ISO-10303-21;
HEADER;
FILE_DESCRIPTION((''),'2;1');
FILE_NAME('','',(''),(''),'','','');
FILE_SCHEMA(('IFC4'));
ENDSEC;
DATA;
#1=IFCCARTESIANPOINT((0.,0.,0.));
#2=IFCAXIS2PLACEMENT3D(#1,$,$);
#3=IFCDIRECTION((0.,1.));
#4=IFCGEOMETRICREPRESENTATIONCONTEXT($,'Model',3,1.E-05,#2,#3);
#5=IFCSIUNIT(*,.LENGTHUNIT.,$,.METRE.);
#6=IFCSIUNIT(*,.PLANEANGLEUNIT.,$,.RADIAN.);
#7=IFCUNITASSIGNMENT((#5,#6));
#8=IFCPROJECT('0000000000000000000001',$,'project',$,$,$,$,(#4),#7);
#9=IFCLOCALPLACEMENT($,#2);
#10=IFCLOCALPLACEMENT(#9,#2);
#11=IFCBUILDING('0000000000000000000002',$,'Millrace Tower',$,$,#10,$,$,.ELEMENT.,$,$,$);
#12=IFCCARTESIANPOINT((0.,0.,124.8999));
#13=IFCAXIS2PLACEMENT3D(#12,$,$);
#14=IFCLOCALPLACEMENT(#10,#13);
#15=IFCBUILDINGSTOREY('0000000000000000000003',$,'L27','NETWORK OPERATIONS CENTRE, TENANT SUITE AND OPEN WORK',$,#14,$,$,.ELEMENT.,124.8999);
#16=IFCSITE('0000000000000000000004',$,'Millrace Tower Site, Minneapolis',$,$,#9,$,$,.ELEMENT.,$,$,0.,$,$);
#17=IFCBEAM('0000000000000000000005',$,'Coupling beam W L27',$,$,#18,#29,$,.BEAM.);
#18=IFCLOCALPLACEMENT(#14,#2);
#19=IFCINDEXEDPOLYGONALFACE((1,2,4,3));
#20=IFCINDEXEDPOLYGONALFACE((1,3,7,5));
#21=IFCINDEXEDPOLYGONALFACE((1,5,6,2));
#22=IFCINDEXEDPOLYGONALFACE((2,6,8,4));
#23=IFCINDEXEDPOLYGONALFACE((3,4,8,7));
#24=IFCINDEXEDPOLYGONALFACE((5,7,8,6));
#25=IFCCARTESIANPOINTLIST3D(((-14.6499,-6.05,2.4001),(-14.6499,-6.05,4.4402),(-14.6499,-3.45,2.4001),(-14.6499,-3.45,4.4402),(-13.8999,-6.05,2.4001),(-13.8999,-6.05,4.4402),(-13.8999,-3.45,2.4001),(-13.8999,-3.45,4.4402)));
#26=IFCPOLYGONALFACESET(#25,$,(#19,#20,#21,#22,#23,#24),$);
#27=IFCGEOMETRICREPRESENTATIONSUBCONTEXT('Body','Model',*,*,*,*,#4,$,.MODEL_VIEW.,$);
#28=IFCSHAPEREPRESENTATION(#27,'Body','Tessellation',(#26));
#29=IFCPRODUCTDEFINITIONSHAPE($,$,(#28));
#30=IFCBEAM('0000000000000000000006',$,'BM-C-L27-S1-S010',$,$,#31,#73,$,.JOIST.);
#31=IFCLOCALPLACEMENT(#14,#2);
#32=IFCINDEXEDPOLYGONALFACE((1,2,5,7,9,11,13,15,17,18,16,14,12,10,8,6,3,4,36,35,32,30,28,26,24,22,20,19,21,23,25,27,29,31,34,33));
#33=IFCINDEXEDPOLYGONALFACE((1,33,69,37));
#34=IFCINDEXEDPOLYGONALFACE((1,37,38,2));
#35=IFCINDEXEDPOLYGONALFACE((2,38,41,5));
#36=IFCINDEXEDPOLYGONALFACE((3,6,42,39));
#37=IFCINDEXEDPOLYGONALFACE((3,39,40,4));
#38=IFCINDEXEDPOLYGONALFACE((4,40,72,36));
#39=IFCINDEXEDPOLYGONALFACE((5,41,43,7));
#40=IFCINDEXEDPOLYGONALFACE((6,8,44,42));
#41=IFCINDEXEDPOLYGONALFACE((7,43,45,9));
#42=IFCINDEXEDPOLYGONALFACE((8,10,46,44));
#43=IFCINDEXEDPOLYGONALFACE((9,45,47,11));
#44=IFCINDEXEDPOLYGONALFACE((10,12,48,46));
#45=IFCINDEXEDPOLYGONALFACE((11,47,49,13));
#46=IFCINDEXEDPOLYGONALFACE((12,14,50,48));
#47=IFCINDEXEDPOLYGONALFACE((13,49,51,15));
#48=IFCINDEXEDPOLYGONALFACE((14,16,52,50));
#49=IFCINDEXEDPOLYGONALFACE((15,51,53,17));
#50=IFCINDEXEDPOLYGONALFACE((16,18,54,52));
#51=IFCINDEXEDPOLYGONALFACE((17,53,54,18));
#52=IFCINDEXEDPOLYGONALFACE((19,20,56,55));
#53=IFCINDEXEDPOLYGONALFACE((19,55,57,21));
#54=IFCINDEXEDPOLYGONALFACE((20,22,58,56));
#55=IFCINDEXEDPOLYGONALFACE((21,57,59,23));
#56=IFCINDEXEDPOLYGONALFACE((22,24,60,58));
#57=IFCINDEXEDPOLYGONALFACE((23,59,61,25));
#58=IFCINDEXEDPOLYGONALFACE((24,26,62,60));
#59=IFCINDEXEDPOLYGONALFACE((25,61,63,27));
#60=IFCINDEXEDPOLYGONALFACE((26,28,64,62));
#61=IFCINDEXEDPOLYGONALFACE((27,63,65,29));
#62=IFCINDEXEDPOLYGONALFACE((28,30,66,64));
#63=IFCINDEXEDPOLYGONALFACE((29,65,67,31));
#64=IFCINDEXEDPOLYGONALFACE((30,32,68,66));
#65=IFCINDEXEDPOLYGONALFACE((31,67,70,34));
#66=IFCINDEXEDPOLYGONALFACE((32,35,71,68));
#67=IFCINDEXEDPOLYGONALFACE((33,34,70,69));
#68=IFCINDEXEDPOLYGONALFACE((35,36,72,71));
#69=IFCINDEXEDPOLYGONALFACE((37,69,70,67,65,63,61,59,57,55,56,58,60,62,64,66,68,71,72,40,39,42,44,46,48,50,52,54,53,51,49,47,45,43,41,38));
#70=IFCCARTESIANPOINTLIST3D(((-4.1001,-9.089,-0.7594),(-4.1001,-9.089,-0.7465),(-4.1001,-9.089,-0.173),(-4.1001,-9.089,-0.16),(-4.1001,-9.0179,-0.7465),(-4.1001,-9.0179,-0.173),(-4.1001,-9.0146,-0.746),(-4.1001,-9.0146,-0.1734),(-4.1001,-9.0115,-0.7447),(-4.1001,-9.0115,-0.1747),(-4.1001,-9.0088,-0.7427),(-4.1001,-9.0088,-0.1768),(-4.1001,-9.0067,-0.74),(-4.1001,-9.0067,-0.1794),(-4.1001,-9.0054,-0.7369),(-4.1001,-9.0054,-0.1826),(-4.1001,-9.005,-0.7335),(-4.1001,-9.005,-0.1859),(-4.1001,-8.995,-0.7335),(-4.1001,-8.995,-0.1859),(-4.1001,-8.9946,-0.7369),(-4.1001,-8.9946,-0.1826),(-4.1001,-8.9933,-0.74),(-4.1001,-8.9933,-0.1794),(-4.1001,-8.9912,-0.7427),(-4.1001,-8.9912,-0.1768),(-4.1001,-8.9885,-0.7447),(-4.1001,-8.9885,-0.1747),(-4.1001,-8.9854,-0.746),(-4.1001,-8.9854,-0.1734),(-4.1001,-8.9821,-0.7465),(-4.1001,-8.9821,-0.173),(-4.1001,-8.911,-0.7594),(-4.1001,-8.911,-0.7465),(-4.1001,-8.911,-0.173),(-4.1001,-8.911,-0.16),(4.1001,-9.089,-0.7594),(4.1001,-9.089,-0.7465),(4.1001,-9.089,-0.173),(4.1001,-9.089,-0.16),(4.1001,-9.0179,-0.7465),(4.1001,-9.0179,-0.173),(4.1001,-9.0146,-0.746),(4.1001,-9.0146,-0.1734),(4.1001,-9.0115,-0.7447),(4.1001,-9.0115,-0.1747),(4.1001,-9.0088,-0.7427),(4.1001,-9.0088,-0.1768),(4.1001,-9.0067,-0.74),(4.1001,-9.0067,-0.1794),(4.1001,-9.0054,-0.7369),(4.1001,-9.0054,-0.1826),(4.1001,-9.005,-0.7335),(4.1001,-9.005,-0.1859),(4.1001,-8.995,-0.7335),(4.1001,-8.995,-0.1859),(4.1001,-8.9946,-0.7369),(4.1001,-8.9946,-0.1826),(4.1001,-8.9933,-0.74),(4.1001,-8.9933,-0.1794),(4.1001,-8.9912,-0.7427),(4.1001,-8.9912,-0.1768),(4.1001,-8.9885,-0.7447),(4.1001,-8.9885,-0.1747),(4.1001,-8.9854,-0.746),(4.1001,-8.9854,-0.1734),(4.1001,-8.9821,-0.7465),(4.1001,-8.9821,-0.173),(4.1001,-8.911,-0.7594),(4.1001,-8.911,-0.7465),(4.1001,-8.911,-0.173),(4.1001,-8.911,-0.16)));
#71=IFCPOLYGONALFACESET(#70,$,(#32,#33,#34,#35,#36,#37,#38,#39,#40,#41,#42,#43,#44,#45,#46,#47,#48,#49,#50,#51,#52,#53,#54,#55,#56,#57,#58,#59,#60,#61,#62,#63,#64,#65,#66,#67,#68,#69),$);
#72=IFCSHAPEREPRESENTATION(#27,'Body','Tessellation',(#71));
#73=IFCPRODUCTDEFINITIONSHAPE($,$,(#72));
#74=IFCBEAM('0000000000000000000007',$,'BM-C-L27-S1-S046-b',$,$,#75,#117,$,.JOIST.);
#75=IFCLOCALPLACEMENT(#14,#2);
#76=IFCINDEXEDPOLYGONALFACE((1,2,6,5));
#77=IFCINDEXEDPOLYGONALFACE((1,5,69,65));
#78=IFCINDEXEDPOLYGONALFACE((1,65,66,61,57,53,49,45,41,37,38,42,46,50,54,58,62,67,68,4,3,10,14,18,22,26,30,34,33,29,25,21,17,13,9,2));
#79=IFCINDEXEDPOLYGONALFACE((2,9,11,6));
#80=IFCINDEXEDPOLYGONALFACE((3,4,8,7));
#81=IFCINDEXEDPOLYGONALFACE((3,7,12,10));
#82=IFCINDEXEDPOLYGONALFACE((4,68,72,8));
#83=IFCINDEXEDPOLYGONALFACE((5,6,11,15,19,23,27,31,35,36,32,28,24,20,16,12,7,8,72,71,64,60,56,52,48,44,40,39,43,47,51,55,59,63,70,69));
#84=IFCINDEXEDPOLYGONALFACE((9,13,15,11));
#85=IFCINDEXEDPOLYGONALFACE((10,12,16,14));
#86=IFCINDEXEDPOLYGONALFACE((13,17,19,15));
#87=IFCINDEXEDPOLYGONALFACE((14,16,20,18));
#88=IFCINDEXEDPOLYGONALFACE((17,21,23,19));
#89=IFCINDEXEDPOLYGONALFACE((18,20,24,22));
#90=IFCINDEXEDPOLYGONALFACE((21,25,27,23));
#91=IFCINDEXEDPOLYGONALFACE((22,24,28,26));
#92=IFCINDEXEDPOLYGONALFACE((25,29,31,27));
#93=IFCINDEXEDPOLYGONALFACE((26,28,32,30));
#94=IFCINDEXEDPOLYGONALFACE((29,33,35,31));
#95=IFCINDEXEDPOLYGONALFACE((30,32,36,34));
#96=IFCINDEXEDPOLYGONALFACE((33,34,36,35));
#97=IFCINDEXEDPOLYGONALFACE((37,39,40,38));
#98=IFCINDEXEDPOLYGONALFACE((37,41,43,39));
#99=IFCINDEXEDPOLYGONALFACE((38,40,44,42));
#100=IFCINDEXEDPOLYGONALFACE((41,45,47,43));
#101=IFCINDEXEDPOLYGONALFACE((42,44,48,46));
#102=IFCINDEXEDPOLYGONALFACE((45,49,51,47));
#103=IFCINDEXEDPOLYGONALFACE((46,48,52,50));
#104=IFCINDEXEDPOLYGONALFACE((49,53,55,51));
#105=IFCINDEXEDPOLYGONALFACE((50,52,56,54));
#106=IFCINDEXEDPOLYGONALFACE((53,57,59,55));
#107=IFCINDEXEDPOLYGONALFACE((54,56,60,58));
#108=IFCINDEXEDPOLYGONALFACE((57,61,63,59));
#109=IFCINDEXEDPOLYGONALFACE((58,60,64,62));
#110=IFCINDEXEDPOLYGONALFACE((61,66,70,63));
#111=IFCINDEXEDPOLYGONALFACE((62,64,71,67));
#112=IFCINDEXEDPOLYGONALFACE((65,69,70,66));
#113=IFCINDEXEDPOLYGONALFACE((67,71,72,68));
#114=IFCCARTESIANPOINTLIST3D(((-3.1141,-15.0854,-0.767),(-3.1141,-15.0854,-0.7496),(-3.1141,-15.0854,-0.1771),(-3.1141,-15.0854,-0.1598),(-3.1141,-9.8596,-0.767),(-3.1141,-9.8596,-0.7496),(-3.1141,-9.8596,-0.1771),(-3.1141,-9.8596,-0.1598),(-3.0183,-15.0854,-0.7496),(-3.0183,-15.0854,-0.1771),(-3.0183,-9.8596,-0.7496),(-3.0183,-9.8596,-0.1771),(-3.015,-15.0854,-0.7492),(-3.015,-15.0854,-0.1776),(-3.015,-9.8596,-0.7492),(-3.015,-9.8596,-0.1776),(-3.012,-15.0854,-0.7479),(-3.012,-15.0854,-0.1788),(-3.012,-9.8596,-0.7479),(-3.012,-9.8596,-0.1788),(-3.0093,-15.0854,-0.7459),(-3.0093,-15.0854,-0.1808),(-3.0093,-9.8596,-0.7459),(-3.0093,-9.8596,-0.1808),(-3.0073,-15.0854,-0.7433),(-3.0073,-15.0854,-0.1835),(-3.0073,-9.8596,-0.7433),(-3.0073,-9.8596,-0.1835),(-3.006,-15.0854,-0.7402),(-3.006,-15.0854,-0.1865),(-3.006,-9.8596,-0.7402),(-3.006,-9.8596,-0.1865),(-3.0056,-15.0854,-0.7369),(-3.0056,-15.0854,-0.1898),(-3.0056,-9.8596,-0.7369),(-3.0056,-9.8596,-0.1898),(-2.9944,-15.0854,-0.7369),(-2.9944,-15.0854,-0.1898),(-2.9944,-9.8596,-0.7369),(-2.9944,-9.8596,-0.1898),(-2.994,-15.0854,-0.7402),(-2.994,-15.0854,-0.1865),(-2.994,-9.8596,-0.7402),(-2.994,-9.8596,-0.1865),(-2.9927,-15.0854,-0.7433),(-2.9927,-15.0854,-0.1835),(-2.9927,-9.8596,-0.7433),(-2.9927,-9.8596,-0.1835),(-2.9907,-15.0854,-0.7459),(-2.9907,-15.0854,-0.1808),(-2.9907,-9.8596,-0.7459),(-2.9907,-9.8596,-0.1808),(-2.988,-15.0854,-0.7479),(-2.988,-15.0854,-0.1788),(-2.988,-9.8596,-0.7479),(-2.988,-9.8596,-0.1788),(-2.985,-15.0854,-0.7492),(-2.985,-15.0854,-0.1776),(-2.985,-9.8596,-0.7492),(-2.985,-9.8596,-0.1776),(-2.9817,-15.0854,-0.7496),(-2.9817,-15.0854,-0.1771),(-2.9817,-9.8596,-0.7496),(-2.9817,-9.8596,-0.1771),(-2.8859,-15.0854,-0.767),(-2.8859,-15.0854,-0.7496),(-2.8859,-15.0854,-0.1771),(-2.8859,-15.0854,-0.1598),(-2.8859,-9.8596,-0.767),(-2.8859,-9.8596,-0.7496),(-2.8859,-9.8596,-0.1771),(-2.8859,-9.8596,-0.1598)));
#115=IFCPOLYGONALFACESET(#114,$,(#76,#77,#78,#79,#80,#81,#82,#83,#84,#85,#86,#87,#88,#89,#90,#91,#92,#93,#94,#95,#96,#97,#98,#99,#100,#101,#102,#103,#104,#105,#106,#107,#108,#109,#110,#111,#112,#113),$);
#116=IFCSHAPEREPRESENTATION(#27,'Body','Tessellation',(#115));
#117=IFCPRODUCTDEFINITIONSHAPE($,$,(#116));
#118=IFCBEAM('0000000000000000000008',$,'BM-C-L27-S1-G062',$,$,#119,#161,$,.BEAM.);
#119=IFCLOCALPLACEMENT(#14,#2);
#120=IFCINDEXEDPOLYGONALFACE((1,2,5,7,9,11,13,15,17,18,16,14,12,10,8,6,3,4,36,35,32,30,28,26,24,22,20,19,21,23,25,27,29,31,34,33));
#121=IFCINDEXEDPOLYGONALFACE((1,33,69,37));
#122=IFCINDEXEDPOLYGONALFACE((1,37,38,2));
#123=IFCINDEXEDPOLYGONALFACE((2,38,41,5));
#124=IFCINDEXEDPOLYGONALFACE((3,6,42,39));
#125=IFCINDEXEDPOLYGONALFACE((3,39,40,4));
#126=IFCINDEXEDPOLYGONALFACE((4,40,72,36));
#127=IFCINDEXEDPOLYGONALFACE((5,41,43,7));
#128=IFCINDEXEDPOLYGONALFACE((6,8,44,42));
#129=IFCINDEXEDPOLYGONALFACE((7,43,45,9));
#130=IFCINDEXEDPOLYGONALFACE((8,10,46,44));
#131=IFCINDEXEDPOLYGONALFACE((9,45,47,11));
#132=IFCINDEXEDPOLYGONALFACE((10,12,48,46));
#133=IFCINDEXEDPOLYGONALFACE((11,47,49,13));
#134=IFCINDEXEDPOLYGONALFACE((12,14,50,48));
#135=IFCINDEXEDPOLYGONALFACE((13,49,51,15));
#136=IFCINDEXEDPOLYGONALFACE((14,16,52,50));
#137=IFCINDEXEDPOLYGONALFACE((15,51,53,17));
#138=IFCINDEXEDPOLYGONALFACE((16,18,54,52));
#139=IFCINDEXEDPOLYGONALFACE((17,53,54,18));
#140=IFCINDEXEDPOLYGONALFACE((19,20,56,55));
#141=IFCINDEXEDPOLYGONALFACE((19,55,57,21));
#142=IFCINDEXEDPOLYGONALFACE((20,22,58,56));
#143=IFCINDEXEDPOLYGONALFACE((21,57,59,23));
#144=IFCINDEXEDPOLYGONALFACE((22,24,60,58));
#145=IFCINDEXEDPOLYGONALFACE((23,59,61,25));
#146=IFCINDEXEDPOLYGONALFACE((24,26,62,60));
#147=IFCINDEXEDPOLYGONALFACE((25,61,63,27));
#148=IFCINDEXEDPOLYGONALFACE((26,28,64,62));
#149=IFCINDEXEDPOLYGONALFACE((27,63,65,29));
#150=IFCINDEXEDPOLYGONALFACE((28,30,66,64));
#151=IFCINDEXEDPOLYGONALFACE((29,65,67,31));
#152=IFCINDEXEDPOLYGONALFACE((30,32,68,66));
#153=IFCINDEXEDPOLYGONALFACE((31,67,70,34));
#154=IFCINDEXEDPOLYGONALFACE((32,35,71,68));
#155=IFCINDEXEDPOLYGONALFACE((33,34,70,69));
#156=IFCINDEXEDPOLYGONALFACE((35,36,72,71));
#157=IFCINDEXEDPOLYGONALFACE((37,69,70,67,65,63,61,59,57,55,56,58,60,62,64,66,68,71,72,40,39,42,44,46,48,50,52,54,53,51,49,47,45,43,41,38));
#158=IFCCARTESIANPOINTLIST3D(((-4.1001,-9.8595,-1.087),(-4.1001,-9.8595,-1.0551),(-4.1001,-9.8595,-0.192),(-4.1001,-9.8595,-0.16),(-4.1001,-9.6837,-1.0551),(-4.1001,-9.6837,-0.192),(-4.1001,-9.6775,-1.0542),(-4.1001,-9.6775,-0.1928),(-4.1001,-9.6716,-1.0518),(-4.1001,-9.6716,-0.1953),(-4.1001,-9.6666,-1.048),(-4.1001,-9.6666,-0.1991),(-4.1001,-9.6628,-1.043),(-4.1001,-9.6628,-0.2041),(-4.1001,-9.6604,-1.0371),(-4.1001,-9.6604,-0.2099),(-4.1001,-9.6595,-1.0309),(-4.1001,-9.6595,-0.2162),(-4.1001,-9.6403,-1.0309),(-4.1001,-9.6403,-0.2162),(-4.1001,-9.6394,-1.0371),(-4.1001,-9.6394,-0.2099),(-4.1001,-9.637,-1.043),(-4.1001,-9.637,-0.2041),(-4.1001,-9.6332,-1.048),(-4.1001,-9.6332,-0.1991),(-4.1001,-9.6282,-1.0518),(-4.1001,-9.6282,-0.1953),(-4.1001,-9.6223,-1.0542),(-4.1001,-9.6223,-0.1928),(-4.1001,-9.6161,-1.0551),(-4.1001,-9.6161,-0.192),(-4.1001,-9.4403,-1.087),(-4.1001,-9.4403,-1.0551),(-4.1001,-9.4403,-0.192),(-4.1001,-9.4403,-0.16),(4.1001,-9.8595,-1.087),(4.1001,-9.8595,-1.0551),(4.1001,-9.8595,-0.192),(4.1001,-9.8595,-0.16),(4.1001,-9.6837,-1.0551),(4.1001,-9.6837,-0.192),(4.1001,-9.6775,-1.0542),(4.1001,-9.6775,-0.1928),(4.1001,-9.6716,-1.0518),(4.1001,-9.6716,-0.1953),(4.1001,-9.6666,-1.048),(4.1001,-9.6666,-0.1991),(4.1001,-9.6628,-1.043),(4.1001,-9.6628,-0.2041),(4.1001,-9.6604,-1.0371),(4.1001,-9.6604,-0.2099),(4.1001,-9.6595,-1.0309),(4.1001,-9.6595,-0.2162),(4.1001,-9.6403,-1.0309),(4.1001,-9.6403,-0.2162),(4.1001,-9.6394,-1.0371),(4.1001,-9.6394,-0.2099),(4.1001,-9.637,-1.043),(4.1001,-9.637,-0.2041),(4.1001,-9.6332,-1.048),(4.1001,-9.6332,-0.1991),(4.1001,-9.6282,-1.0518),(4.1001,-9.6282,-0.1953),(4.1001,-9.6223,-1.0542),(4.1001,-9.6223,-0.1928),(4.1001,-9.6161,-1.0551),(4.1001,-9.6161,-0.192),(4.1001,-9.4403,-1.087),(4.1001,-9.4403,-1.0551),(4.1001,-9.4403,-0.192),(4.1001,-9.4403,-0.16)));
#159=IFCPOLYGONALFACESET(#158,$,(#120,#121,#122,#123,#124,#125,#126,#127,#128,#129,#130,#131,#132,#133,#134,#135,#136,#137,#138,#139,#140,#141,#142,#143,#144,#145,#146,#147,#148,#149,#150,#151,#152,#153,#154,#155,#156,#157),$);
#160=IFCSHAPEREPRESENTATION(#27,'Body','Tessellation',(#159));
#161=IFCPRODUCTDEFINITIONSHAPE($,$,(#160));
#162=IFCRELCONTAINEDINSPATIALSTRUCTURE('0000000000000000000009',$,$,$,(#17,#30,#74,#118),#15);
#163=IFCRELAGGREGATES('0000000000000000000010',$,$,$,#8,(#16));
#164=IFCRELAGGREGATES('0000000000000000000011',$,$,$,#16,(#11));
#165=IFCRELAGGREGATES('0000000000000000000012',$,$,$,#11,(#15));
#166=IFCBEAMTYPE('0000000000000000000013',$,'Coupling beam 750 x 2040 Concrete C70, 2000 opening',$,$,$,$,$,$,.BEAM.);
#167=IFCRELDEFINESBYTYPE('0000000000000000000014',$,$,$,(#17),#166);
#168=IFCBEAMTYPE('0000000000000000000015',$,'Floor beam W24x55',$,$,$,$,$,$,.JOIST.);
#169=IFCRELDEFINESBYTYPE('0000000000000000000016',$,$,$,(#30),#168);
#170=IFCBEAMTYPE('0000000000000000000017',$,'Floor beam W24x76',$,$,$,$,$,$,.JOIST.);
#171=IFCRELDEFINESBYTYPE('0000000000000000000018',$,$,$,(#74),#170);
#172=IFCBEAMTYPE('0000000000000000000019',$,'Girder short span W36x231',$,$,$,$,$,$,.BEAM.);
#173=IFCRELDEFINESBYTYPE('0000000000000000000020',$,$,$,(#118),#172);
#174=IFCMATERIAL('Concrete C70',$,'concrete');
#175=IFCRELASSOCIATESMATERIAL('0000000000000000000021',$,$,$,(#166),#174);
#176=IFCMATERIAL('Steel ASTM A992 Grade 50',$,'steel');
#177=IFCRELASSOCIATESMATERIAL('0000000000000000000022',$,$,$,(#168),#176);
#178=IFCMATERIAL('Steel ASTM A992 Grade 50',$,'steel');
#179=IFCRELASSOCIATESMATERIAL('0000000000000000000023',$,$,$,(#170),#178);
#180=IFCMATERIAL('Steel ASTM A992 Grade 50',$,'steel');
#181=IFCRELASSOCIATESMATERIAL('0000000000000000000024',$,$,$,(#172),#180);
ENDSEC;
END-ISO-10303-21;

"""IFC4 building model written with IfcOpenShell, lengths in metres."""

from ifc_helpers import new_model, si_unit, direction, frame, origin, origin_2d, place, context, subcontext, project, spatial, rectangle, i_section, extrude, material, material_profile, profile_set, type_object, element, save


model = new_model("IFC4")

# Units and contexts
model_context = context("Model", 3, precision=1e-05, world=origin(), true_north=direction((0.0, 1.0)))
body_context = subcontext(model_context, "Body", "Model", "MODEL_VIEW")
ifc_project = project(units=[si_unit("LENGTHUNIT", "METRE"), si_unit("PLANEANGLEUNIT", "RADIAN")], contexts=[model_context])

# Site, building, storey
site_placement = place(None, origin())
site = spatial("IfcSite", under=ifc_project, at=site_placement, Name="Millrace Tower Site, Minneapolis", CompositionType="ELEMENT", RefElevation=0.0)
building_placement = place(site_placement, origin())
building = spatial("IfcBuilding", under=site, at=building_placement, Name="Millrace Tower", CompositionType="ELEMENT")
storey_placement = place(building_placement, frame((0.0, 0.0, 124.8999)))
storey = spatial("IfcBuildingStorey", under=building, at=storey_placement, Name="L27", Description="NETWORK OPERATIONS CENTRE, TENANT SUITE AND OPEN WORK", CompositionType="ELEMENT", Elevation=124.8999)

# Beams
ifc_material_1 = material(Name="Concrete C70", Category="concrete")
ifc_material_profile_1 = material_profile(ifc_material_1, rectangle(XDim=0.75, YDim=2.04, at=origin_2d()))
ifc_profile_set_1 = profile_set([ifc_material_profile_1], Name="Concrete C70")
beam_type_1 = type_object("IfcBeamType", Name="Coupling beam 750 x 2040 Concrete C70, 2000 opening", PredefinedType="BEAM", material=ifc_profile_set_1)
beam_1_placement = place(storey_placement, frame((-14.2749, -6.05, 3.4202), z_axis=(0.0, 1.0, 0.0), x_axis=(-1.0, 0.0, 0.0)))
element("IfcBeam", 1, at=beam_1_placement, inside=storey, type_object=beam_type_1, Name="Coupling beam W L27", PredefinedType="BEAM", context=body_context, shape_type="SweptSolid", body=[
    extrude(rectangle(XDim=0.75, YDim=2.04, at=origin_2d()), origin(), (0.0, 0.0, 1.0), 2.6001),
])
ifc_material_2 = material(Name="Steel ASTM A992 Grade 50", Category="steel")
ifc_material_profile_2 = material_profile(ifc_material_2, i_section(OverallWidth=0.178, OverallDepth=0.5994, WebThickness=0.01, FlangeThickness=0.0129, FilletRadius=0.0129, at=origin_2d()))
ifc_profile_set_2 = profile_set([ifc_material_profile_2], Name="Steel ASTM A992 Grade 50")
beam_type_2 = type_object("IfcBeamType", Name="Floor beam W24x55", PredefinedType="JOIST", material=ifc_profile_set_2)
beam_2_placement = place(storey_placement, frame((-4.1001, -9.0, -0.4597), z_axis=(1.0, 0.0, 0.0), x_axis=(0.0, 1.0, 0.0)))
element("IfcBeam", 2, at=beam_2_placement, inside=storey, type_object=beam_type_2, Name="BM-C-L27-S1-S010", PredefinedType="JOIST", context=body_context, shape_type="SweptSolid", body=[
    extrude(i_section(OverallWidth=0.178, OverallDepth=0.5994, WebThickness=0.01, FlangeThickness=0.0129, FilletRadius=0.0129, at=origin_2d()), origin(), (0.0, 0.0, 1.0), 8.2002),
])
ifc_material_3 = material(Name="Steel ASTM A992 Grade 50", Category="steel")
ifc_material_profile_3 = material_profile(ifc_material_3, i_section(OverallWidth=0.2283, OverallDepth=0.6072, WebThickness=0.0112, FlangeThickness=0.0173, FilletRadius=0.0127, at=origin_2d()))
ifc_profile_set_3 = profile_set([ifc_material_profile_3], Name="Steel ASTM A992 Grade 50")
beam_type_3 = type_object("IfcBeamType", Name="Floor beam W24x76", PredefinedType="JOIST", material=ifc_profile_set_3)
beam_3_placement = place(storey_placement, frame((-3.0, -15.0854, -0.4634), z_axis=(0.0, 1.0, 0.0), x_axis=(-1.0, 0.0, 0.0)))
element("IfcBeam", 3, at=beam_3_placement, inside=storey, type_object=beam_type_3, Name="BM-C-L27-S1-S046-b", PredefinedType="JOIST", context=body_context, shape_type="SweptSolid", body=[
    extrude(i_section(OverallWidth=0.2283, OverallDepth=0.6072, WebThickness=0.0112, FlangeThickness=0.0173, FilletRadius=0.0127, at=origin_2d()), origin(), (0.0, 0.0, 1.0), 5.2258),
])
ifc_material_4 = material(Name="Steel ASTM A992 Grade 50", Category="steel")
ifc_material_profile_4 = material_profile(ifc_material_4, i_section(OverallWidth=0.4192, OverallDepth=0.927, WebThickness=0.0193, FlangeThickness=0.032, FilletRadius=0.0242, at=origin_2d()))
ifc_profile_set_4 = profile_set([ifc_material_profile_4], Name="Steel ASTM A992 Grade 50")
beam_type_4 = type_object("IfcBeamType", Name="Girder short span W36x231", PredefinedType="BEAM", material=ifc_profile_set_4)
beam_4_placement = place(storey_placement, frame((-4.1001, -9.6499, -0.6235), z_axis=(1.0, 0.0, 0.0), x_axis=(0.0, 1.0, 0.0)))
element("IfcBeam", 4, at=beam_4_placement, inside=storey, type_object=beam_type_4, Name="BM-C-L27-S1-G062", PredefinedType="BEAM", context=body_context, shape_type="SweptSolid", body=[
    extrude(i_section(OverallWidth=0.4192, OverallDepth=0.927, WebThickness=0.0193, FlangeThickness=0.032, FilletRadius=0.0242, at=origin_2d()), origin(), (0.0, 0.0, 1.0), 8.2002),
])

save(model, "model.ifc")
